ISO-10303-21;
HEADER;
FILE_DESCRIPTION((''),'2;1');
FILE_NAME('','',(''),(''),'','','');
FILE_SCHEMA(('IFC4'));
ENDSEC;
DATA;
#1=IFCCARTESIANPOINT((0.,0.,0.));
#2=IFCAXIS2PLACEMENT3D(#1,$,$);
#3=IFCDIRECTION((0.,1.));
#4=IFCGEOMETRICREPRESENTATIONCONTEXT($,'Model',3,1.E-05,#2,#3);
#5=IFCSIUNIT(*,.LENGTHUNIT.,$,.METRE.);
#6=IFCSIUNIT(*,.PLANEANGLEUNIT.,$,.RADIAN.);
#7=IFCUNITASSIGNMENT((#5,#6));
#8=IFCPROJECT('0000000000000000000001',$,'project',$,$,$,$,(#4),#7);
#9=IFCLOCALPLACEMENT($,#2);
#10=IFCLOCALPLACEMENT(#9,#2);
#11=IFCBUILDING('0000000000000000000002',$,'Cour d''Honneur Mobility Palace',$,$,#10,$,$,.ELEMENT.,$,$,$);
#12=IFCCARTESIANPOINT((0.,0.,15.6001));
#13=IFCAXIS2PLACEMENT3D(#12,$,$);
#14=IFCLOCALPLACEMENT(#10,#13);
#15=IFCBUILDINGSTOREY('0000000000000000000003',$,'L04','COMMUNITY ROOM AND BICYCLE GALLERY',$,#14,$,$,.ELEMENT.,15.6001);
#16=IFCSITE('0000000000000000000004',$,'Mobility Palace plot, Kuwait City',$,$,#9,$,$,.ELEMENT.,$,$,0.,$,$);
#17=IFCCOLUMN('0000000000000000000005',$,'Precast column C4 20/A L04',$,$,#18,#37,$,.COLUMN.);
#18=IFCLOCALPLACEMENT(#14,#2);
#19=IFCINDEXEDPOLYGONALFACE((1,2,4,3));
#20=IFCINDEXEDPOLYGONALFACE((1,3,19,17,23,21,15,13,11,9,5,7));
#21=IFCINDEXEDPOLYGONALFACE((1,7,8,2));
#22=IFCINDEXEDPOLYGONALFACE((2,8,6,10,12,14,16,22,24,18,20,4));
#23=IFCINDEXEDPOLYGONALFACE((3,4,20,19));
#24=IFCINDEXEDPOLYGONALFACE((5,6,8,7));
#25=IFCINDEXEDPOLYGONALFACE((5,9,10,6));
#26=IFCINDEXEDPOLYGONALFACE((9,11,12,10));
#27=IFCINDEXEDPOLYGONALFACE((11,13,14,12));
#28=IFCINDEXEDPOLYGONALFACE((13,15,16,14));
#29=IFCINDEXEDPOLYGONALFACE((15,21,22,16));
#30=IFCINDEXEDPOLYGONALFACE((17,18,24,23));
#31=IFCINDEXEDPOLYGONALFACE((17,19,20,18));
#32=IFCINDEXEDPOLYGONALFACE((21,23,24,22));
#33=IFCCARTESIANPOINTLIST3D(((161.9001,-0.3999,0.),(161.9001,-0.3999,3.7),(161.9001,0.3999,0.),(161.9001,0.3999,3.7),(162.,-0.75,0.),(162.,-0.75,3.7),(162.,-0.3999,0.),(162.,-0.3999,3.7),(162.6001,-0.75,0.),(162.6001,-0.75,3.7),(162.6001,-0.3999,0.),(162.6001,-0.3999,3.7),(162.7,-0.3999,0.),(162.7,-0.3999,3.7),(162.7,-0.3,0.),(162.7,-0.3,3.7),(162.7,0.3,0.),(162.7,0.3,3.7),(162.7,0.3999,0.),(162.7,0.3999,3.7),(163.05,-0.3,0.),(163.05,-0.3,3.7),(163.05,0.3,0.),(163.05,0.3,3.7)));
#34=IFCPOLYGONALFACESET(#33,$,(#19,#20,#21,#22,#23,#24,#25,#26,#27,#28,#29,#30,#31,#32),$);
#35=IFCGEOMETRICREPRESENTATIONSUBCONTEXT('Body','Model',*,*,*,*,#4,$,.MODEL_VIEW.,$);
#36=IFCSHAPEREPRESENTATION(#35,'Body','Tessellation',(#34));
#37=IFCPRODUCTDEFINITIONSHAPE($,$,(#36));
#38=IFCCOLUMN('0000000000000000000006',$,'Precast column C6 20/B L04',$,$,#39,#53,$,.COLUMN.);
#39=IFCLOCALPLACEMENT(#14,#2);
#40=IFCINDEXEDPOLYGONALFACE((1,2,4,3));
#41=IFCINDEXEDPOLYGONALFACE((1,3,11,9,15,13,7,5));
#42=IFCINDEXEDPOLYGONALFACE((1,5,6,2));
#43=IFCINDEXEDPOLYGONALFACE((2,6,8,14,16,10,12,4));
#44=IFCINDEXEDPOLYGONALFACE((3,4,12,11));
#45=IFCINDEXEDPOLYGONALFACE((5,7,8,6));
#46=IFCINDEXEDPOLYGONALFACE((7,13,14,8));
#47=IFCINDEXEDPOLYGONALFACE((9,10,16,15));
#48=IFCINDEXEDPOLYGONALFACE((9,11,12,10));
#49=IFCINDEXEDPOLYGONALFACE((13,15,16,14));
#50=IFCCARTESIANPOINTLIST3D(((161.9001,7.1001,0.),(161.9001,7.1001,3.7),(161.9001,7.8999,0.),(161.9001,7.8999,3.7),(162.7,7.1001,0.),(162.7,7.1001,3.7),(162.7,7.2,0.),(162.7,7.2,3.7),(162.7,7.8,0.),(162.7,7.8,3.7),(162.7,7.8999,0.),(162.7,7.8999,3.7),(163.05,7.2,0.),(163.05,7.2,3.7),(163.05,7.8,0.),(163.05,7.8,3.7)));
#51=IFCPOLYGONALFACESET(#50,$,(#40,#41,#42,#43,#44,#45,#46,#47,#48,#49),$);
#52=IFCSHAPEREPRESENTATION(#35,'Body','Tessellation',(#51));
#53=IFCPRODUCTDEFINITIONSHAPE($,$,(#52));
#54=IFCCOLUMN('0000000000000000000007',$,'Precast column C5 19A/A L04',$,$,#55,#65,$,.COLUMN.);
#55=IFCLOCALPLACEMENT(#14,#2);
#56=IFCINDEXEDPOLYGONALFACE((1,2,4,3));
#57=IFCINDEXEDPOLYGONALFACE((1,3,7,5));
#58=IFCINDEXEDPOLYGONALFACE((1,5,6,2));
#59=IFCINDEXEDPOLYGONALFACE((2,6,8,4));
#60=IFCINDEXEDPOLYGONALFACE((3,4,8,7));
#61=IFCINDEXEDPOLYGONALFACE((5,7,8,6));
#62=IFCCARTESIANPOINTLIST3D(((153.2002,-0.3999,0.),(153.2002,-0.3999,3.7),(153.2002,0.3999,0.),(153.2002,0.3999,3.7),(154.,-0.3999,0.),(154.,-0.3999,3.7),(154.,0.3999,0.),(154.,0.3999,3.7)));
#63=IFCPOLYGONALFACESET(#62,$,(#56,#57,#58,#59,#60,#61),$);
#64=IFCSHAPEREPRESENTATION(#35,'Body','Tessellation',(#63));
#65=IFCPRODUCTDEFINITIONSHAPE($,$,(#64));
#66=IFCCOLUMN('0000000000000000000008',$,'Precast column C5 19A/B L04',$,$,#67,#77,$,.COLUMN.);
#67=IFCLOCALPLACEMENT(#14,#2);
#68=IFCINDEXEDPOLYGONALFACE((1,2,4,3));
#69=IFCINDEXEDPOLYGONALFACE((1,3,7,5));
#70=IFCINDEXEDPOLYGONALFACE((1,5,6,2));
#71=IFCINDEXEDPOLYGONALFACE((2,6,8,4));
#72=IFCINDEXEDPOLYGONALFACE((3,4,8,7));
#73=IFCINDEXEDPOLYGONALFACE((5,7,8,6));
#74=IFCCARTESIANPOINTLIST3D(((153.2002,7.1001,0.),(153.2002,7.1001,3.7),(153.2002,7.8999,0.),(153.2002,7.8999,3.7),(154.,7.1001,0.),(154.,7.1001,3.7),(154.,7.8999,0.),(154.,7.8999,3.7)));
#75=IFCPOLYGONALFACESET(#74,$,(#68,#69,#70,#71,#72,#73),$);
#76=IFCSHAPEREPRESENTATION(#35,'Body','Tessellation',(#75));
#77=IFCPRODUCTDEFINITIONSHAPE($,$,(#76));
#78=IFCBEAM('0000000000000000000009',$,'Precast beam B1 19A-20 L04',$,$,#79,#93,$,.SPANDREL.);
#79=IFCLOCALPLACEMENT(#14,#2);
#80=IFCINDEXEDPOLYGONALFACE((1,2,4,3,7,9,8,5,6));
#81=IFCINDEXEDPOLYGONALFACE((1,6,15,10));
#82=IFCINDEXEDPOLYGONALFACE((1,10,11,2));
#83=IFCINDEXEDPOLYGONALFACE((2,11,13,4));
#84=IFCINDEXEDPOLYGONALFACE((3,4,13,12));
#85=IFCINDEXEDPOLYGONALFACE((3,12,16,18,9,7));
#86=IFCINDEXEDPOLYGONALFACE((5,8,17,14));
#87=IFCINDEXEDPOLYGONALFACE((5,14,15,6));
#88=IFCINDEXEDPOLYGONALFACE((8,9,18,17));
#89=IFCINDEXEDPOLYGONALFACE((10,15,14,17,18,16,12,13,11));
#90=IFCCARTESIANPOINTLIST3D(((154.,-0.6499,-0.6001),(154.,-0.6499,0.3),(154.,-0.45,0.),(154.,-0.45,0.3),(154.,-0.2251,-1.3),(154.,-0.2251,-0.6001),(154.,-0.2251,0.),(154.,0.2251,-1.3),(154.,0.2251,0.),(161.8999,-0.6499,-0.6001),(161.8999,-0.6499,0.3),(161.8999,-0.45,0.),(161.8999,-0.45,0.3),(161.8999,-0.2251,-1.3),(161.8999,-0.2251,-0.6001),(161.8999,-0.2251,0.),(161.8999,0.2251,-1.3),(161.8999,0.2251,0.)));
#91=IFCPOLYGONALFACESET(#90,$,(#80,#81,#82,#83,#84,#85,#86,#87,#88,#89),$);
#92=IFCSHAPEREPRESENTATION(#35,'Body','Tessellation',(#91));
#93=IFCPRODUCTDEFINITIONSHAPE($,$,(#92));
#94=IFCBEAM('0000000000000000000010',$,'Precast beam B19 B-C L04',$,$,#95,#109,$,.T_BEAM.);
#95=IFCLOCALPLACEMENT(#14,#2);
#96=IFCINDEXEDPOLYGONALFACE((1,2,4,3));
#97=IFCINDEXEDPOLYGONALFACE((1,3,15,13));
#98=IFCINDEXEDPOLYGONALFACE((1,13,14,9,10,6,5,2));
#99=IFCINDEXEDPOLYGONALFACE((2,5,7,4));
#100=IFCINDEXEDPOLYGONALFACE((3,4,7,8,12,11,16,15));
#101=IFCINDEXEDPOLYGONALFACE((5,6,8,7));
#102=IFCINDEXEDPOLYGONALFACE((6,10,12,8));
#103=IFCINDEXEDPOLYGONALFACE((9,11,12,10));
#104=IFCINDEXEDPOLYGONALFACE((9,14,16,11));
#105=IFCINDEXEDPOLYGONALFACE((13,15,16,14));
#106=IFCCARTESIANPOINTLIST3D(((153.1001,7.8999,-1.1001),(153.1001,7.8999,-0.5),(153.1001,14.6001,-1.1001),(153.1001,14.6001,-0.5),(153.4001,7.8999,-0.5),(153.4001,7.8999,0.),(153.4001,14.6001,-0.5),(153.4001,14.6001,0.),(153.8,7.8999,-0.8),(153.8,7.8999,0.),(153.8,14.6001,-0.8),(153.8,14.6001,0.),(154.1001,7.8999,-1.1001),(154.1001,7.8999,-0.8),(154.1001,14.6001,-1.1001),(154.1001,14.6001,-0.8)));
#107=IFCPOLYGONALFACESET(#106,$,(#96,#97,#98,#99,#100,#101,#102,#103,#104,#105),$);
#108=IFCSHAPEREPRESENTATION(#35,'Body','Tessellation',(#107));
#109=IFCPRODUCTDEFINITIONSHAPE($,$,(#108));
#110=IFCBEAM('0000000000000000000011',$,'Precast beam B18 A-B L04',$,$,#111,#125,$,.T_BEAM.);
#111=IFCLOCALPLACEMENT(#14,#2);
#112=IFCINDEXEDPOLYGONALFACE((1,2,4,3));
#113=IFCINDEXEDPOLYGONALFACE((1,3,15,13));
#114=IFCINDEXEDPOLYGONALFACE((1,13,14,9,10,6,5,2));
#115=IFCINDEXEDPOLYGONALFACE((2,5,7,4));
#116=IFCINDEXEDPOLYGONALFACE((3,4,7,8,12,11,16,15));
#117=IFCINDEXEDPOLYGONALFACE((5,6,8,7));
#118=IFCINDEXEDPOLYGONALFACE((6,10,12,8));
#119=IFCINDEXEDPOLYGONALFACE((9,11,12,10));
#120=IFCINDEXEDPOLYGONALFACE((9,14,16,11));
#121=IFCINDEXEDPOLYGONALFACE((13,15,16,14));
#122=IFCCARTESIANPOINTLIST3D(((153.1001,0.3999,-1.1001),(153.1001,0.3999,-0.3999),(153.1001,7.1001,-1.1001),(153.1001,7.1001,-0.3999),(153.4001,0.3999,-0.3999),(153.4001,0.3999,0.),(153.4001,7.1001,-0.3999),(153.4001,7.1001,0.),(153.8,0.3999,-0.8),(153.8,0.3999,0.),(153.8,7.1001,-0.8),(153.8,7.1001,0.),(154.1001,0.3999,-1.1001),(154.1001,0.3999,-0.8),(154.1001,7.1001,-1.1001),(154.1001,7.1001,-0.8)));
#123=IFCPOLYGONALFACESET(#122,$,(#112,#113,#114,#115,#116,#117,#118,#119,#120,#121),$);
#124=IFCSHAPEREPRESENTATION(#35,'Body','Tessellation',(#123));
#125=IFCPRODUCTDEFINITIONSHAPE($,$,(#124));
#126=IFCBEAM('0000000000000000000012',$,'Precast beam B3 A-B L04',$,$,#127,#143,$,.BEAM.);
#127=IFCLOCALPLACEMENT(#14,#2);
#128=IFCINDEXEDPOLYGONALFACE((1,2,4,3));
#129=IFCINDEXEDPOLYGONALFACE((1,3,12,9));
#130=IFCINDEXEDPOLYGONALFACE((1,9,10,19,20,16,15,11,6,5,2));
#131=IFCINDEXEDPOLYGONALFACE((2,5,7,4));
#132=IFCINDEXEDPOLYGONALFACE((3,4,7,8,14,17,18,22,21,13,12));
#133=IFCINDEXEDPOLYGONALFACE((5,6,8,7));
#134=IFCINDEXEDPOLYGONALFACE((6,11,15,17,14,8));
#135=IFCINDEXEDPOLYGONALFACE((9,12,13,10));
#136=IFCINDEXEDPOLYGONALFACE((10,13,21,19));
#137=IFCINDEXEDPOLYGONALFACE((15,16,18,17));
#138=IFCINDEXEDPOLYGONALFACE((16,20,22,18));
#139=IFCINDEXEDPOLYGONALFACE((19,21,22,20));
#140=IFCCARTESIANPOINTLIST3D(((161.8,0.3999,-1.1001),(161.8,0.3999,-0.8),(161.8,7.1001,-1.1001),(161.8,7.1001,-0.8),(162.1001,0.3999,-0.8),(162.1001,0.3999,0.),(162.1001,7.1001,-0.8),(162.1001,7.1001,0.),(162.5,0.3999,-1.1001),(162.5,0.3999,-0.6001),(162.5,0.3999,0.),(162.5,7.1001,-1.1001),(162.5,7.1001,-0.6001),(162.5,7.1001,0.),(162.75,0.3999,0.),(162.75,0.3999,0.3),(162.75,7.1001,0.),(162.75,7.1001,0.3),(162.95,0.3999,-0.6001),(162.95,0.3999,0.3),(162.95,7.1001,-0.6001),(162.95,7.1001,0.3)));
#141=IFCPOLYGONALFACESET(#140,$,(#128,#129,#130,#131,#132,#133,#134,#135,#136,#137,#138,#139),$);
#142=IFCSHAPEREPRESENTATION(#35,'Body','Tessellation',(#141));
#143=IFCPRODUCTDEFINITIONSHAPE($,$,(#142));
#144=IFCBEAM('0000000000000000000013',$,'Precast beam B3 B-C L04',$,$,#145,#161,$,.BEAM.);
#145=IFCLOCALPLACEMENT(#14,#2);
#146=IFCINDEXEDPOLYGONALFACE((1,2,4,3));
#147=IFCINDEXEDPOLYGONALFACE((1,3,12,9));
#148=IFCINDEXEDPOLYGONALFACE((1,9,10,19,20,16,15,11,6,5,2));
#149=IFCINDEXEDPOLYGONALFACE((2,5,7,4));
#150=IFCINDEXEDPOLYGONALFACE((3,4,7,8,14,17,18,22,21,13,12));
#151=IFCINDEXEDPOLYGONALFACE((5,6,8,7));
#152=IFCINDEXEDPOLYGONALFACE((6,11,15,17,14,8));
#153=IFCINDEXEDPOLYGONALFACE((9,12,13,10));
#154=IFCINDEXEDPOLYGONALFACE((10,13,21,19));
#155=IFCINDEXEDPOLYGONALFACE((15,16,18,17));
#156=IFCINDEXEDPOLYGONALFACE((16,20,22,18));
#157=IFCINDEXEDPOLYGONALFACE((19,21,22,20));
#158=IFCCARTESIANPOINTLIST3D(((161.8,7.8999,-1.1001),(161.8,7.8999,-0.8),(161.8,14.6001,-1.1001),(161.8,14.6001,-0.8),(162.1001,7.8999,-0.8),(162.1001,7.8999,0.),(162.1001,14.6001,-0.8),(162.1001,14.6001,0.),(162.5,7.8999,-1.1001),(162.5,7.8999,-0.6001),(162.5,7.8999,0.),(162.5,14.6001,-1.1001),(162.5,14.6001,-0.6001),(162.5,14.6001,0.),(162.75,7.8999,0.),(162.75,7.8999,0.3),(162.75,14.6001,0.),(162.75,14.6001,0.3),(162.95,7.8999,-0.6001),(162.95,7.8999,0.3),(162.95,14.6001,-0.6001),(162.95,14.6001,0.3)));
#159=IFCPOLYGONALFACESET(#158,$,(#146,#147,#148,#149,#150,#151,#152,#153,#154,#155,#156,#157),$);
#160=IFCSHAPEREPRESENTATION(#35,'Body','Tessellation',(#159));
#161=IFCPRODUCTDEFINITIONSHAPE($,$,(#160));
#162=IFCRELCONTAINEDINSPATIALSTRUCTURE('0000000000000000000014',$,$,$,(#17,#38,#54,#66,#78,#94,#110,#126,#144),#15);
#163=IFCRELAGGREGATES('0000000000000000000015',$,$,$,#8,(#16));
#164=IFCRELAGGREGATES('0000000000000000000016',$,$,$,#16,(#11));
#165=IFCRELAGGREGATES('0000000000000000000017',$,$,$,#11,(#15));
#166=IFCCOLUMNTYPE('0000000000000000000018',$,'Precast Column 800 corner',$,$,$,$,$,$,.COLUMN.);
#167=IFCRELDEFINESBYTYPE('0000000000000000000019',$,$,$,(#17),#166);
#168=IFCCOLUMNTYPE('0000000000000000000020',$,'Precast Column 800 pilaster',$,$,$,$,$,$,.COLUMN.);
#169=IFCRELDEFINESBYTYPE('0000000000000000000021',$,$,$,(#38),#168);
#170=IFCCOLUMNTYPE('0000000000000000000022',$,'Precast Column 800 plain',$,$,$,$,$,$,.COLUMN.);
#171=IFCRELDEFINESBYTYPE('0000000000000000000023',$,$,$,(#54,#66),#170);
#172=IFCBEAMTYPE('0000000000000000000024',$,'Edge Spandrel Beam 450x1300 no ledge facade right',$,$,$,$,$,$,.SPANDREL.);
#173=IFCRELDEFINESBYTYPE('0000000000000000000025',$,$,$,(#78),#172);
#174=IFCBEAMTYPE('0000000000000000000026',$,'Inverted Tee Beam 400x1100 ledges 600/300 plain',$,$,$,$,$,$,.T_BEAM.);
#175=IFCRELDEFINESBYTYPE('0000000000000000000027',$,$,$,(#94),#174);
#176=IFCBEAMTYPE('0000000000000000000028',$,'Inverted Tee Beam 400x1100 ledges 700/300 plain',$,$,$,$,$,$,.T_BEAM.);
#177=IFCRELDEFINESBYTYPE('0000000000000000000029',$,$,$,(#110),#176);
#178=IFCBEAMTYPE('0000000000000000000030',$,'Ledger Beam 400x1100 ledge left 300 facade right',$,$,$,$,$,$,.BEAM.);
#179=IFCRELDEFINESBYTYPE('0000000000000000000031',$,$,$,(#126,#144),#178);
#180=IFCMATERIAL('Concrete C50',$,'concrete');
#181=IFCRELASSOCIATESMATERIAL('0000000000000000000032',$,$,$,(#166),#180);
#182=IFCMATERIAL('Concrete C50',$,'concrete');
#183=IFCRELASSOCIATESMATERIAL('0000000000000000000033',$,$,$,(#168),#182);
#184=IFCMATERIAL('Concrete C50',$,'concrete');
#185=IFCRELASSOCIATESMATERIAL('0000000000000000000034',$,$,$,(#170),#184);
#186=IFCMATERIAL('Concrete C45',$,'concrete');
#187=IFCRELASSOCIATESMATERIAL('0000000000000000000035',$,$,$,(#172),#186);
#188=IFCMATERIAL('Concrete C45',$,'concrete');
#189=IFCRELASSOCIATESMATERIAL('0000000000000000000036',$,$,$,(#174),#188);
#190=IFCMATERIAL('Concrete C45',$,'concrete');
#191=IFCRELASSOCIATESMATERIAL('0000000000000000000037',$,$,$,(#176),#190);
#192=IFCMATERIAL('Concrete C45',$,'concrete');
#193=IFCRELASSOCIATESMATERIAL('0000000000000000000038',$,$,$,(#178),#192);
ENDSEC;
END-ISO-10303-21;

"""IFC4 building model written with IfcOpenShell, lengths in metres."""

from ifc_helpers import new_model, si_unit, direction, frame, origin, place, context, subcontext, project, spatial, polyline, outline, extrude, material, material_profile, profile_set, type_object, element, save


model = new_model("IFC4")

# Units and contexts
model_context = context("Model", 3, precision=1e-05, world=origin(), true_north=direction((0.0, 1.0)))
body_context = subcontext(model_context, "Body", "Model", "MODEL_VIEW")
ifc_project = project(units=[si_unit("LENGTHUNIT", "METRE"), si_unit("PLANEANGLEUNIT", "RADIAN")], contexts=[model_context])

# Site, building, storey
site_placement = place(None, origin())
site = spatial("IfcSite", under=ifc_project, at=site_placement, Name="Mobility Palace plot, Kuwait City", CompositionType="ELEMENT", RefElevation=0.0)
building_placement = place(site_placement, origin())
building = spatial("IfcBuilding", under=site, at=building_placement, Name="Cour d'Honneur Mobility Palace", CompositionType="ELEMENT")
storey_placement = place(building_placement, frame((0.0, 0.0, 15.6001)))
storey = spatial("IfcBuildingStorey", under=building, at=storey_placement, Name="L04", Description="COMMUNITY ROOM AND BICYCLE GALLERY", CompositionType="ELEMENT", Elevation=15.6001)

# Columns
ifc_material_1 = material(Name="Concrete C50", Category="concrete")
ifc_material_profile_1 = material_profile(ifc_material_1, outline(polyline([(-0.3999, -0.3999), (0.3999, -0.3999), (0.3999, -0.3), (0.75, -0.3), (0.75, 0.3), (0.3999, 0.3), (0.3999, 0.3999), (0.3, 0.3999), (0.3, 0.75), (-0.3, 0.75), (-0.3, 0.3999), (-0.3999, 0.3999), (-0.3999, -0.3999)])), Name="PC C800 corner")
ifc_profile_set_1 = profile_set([ifc_material_profile_1], Name="Concrete C50")
column_type_1 = type_object("IfcColumnType", Name="Precast Column 800 corner", PredefinedType="COLUMN", material=ifc_profile_set_1)
column_1_placement = place(storey_placement, frame((162.3, 0.0, 0.0), z_axis=(0.0, 0.0, 1.0), x_axis=(0.0, -1.0, 0.0)))
element("IfcColumn", 1, at=column_1_placement, inside=storey, type_object=column_type_1, Name="Precast column C4 20/A L04", PredefinedType="COLUMN", context=body_context, shape_type="SweptSolid", body=[
    extrude(outline(polyline([(-0.3999, -0.3999), (0.3999, -0.3999), (0.3999, -0.3), (0.75, -0.3), (0.75, 0.3), (0.3999, 0.3), (0.3999, 0.3999), (0.3, 0.3999), (0.3, 0.75), (-0.3, 0.75), (-0.3, 0.3999), (-0.3999, 0.3999), (-0.3999, -0.3999)])), origin(), (0.0, 0.0, 1.0), 3.7),
])
ifc_material_2 = material(Name="Concrete C50", Category="concrete")
ifc_material_profile_2 = material_profile(ifc_material_2, outline(polyline([(-0.3999, -0.3999), (0.3999, -0.3999), (0.3999, -0.3), (0.75, -0.3), (0.75, 0.3), (0.3999, 0.3), (0.3999, 0.3999), (-0.3999, 0.3999), (-0.3999, -0.3999)])), Name="PC C800 pilaster")
ifc_profile_set_2 = profile_set([ifc_material_profile_2], Name="Concrete C50")
column_type_2 = type_object("IfcColumnType", Name="Precast Column 800 pilaster", PredefinedType="COLUMN", material=ifc_profile_set_2)
column_2_placement = place(storey_placement, frame((162.3, 7.5, 0.0), z_axis=(0.0, 0.0, 1.0), x_axis=(1.0, 0.0, 0.0)))
element("IfcColumn", 2, at=column_2_placement, inside=storey, type_object=column_type_2, Name="Precast column C6 20/B L04", PredefinedType="COLUMN", context=body_context, shape_type="SweptSolid", body=[
    extrude(outline(polyline([(-0.3999, -0.3999), (0.3999, -0.3999), (0.3999, -0.3), (0.75, -0.3), (0.75, 0.3), (0.3999, 0.3), (0.3999, 0.3999), (-0.3999, 0.3999), (-0.3999, -0.3999)])), origin(), (0.0, 0.0, 1.0), 3.7),
])
ifc_material_3 = material(Name="Concrete C50", Category="concrete")
ifc_material_profile_3 = material_profile(ifc_material_3, outline(polyline([(-0.3999, -0.3999), (0.3999, -0.3999), (0.3999, 0.3999), (-0.3999, 0.3999), (-0.3999, -0.3999)])), Name="PC C800 plain")
ifc_profile_set_3 = profile_set([ifc_material_profile_3], Name="Concrete C50")
column_type_3 = type_object("IfcColumnType", Name="Precast Column 800 plain", PredefinedType="COLUMN", material=ifc_profile_set_3)
for number, where, z_axis, x_axis, name in (
    (3, (153.6001, 0.0, 0.0), (0.0, 0.0, 1.0), (1.0, 0.0, 0.0), "Precast column C5 19A/A L04"),
    (4, (153.6001, 7.5, 0.0), (0.0, 0.0, 1.0), (1.0, 0.0, 0.0), "Precast column C5 19A/B L04"),
):
    element("IfcColumn", number, at=place(storey_placement, frame(where, z_axis=z_axis, x_axis=x_axis)), inside=storey, type_object=column_type_3, Name=name, PredefinedType="COLUMN", context=body_context, shape_type="SweptSolid", body=[
        extrude(outline(polyline([(-0.3999, -0.3999), (0.3999, -0.3999), (0.3999, 0.3999), (-0.3999, 0.3999), (-0.3999, -0.3999)])), origin(), (0.0, 0.0, 1.0), 3.7),
    ])

# Beams
ifc_material_4 = material(Name="Concrete C45", Category="concrete")
ifc_material_profile_4 = material_profile(ifc_material_4, outline(polyline([(0.2251, -1.3), (0.2251, 0.0), (-0.2251, 0.0), (-0.45, 0.0), (-0.45, 0.3), (-0.6499, 0.3), (-0.6499, -0.6001), (-0.2251, -0.6001), (-0.2251, -1.3), (0.2251, -1.3)])), Name="Edge Spandrel Beam 450x1300 no ledge facade right")
ifc_profile_set_4 = profile_set([ifc_material_profile_4], Name="Concrete C45")
beam_type_1 = type_object("IfcBeamType", Name="Edge Spandrel Beam 450x1300 no ledge facade right", PredefinedType="SPANDREL", material=ifc_profile_set_4)
beam_1_placement = place(storey_placement, frame((154.0, 0.0, 0.0), z_axis=(1.0, 0.0, 0.0), x_axis=(0.0, 1.0, 0.0)))
element("IfcBeam", 5, at=beam_1_placement, inside=storey, type_object=beam_type_1, Name="Precast beam B1 19A-20 L04", PredefinedType="SPANDREL", context=body_context, shape_type="SweptSolid", body=[
    extrude(outline(polyline([(0.2251, -1.3), (0.2251, 0.0), (-0.2251, 0.0), (-0.45, 0.0), (-0.45, 0.3), (-0.6499, 0.3), (-0.6499, -0.6001), (-0.2251, -0.6001), (-0.2251, -1.3), (0.2251, -1.3)])), origin(), (0.0, 0.0, 1.0), 7.8999),
])
ifc_material_5 = material(Name="Concrete C45", Category="concrete")
ifc_material_profile_5 = material_profile(ifc_material_5, outline(polyline([(0.5, -1.1001), (0.5, -0.5), (0.2, -0.5), (0.2, 0.0), (-0.2, 0.0), (-0.2, -0.8), (-0.5, -0.8), (-0.5, -1.1001), (0.5, -1.1001)])), Name="Inverted Tee Beam 400x1100 ledges 600/300 plain")
ifc_profile_set_5 = profile_set([ifc_material_profile_5], Name="Concrete C45")
beam_type_2 = type_object("IfcBeamType", Name="Inverted Tee Beam 400x1100 ledges 600/300 plain", PredefinedType="T_BEAM", material=ifc_profile_set_5)
beam_2_placement = place(storey_placement, frame((153.6001, 7.8999, 0.0), z_axis=(0.0, 1.0, 0.0), x_axis=(-1.0, 0.0, 0.0)))
element("IfcBeam", 6, at=beam_2_placement, inside=storey, type_object=beam_type_2, Name="Precast beam B19 B-C L04", PredefinedType="T_BEAM", context=body_context, shape_type="SweptSolid", body=[
    extrude(outline(polyline([(0.5, -1.1001), (0.5, -0.5), (0.2, -0.5), (0.2, 0.0), (-0.2, 0.0), (-0.2, -0.8), (-0.5, -0.8), (-0.5, -1.1001), (0.5, -1.1001)])), origin(), (0.0, 0.0, 1.0), 6.7002),
])
ifc_material_6 = material(Name="Concrete C45", Category="concrete")
ifc_material_profile_6 = material_profile(ifc_material_6, outline(polyline([(0.5, -1.1001), (0.5, -0.3999), (0.2, -0.3999), (0.2, 0.0), (-0.2, 0.0), (-0.2, -0.8), (-0.5, -0.8), (-0.5, -1.1001), (0.5, -1.1001)])), Name="Inverted Tee Beam 400x1100 ledges 700/300 plain")
ifc_profile_set_6 = profile_set([ifc_material_profile_6], Name="Concrete C45")
beam_type_3 = type_object("IfcBeamType", Name="Inverted Tee Beam 400x1100 ledges 700/300 plain", PredefinedType="T_BEAM", material=ifc_profile_set_6)
beam_3_placement = place(storey_placement, frame((153.6001, 0.3999, 0.0), z_axis=(0.0, 1.0, 0.0), x_axis=(-1.0, 0.0, 0.0)))
element("IfcBeam", 7, at=beam_3_placement, inside=storey, type_object=beam_type_3, Name="Precast beam B18 A-B L04", PredefinedType="T_BEAM", context=body_context, shape_type="SweptSolid", body=[
    extrude(outline(polyline([(0.5, -1.1001), (0.5, -0.3999), (0.2, -0.3999), (0.2, 0.0), (-0.2, 0.0), (-0.2, -0.8), (-0.5, -0.8), (-0.5, -1.1001), (0.5, -1.1001)])), origin(), (0.0, 0.0, 1.0), 6.7002),
])
ifc_material_7 = material(Name="Concrete C45", Category="concrete")
ifc_material_profile_7 = material_profile(ifc_material_7, outline(polyline([(0.5, -1.1001), (0.5, -0.8), (0.2, -0.8), (0.2, 0.0), (-0.2, 0.0), (-0.45, 0.0), (-0.45, 0.3), (-0.6499, 0.3), (-0.6499, -0.6001), (-0.2, -0.6001), (-0.2, -1.1001), (0.5, -1.1001)])), Name="Ledger Beam 400x1100 ledge left 300 facade right")
ifc_profile_set_7 = profile_set([ifc_material_profile_7], Name="Concrete C45")
beam_type_4 = type_object("IfcBeamType", Name="Ledger Beam 400x1100 ledge left 300 facade right", PredefinedType="BEAM", material=ifc_profile_set_7)
for number, where, z_axis, x_axis, name in (
    (8, (162.3, 0.3999, 0.0), (0.0, 1.0, 0.0), (-1.0, 0.0, 0.0), "Precast beam B3 A-B L04"),
    (9, (162.3, 7.8999, 0.0), (0.0, 1.0, 0.0), (-1.0, 0.0, 0.0), "Precast beam B3 B-C L04"),
):
    element("IfcBeam", number, at=place(storey_placement, frame(where, z_axis=z_axis, x_axis=x_axis)), inside=storey, type_object=beam_type_4, Name=name, PredefinedType="BEAM", context=body_context, shape_type="SweptSolid", body=[
        extrude(outline(polyline([(0.5, -1.1001), (0.5, -0.8), (0.2, -0.8), (0.2, 0.0), (-0.2, 0.0), (-0.45, 0.0), (-0.45, 0.3), (-0.6499, 0.3), (-0.6499, -0.6001), (-0.2, -0.6001), (-0.2, -1.1001), (0.5, -1.1001)])), origin(), (0.0, 0.0, 1.0), 6.7002),
    ])

save(model, "model.ifc")
